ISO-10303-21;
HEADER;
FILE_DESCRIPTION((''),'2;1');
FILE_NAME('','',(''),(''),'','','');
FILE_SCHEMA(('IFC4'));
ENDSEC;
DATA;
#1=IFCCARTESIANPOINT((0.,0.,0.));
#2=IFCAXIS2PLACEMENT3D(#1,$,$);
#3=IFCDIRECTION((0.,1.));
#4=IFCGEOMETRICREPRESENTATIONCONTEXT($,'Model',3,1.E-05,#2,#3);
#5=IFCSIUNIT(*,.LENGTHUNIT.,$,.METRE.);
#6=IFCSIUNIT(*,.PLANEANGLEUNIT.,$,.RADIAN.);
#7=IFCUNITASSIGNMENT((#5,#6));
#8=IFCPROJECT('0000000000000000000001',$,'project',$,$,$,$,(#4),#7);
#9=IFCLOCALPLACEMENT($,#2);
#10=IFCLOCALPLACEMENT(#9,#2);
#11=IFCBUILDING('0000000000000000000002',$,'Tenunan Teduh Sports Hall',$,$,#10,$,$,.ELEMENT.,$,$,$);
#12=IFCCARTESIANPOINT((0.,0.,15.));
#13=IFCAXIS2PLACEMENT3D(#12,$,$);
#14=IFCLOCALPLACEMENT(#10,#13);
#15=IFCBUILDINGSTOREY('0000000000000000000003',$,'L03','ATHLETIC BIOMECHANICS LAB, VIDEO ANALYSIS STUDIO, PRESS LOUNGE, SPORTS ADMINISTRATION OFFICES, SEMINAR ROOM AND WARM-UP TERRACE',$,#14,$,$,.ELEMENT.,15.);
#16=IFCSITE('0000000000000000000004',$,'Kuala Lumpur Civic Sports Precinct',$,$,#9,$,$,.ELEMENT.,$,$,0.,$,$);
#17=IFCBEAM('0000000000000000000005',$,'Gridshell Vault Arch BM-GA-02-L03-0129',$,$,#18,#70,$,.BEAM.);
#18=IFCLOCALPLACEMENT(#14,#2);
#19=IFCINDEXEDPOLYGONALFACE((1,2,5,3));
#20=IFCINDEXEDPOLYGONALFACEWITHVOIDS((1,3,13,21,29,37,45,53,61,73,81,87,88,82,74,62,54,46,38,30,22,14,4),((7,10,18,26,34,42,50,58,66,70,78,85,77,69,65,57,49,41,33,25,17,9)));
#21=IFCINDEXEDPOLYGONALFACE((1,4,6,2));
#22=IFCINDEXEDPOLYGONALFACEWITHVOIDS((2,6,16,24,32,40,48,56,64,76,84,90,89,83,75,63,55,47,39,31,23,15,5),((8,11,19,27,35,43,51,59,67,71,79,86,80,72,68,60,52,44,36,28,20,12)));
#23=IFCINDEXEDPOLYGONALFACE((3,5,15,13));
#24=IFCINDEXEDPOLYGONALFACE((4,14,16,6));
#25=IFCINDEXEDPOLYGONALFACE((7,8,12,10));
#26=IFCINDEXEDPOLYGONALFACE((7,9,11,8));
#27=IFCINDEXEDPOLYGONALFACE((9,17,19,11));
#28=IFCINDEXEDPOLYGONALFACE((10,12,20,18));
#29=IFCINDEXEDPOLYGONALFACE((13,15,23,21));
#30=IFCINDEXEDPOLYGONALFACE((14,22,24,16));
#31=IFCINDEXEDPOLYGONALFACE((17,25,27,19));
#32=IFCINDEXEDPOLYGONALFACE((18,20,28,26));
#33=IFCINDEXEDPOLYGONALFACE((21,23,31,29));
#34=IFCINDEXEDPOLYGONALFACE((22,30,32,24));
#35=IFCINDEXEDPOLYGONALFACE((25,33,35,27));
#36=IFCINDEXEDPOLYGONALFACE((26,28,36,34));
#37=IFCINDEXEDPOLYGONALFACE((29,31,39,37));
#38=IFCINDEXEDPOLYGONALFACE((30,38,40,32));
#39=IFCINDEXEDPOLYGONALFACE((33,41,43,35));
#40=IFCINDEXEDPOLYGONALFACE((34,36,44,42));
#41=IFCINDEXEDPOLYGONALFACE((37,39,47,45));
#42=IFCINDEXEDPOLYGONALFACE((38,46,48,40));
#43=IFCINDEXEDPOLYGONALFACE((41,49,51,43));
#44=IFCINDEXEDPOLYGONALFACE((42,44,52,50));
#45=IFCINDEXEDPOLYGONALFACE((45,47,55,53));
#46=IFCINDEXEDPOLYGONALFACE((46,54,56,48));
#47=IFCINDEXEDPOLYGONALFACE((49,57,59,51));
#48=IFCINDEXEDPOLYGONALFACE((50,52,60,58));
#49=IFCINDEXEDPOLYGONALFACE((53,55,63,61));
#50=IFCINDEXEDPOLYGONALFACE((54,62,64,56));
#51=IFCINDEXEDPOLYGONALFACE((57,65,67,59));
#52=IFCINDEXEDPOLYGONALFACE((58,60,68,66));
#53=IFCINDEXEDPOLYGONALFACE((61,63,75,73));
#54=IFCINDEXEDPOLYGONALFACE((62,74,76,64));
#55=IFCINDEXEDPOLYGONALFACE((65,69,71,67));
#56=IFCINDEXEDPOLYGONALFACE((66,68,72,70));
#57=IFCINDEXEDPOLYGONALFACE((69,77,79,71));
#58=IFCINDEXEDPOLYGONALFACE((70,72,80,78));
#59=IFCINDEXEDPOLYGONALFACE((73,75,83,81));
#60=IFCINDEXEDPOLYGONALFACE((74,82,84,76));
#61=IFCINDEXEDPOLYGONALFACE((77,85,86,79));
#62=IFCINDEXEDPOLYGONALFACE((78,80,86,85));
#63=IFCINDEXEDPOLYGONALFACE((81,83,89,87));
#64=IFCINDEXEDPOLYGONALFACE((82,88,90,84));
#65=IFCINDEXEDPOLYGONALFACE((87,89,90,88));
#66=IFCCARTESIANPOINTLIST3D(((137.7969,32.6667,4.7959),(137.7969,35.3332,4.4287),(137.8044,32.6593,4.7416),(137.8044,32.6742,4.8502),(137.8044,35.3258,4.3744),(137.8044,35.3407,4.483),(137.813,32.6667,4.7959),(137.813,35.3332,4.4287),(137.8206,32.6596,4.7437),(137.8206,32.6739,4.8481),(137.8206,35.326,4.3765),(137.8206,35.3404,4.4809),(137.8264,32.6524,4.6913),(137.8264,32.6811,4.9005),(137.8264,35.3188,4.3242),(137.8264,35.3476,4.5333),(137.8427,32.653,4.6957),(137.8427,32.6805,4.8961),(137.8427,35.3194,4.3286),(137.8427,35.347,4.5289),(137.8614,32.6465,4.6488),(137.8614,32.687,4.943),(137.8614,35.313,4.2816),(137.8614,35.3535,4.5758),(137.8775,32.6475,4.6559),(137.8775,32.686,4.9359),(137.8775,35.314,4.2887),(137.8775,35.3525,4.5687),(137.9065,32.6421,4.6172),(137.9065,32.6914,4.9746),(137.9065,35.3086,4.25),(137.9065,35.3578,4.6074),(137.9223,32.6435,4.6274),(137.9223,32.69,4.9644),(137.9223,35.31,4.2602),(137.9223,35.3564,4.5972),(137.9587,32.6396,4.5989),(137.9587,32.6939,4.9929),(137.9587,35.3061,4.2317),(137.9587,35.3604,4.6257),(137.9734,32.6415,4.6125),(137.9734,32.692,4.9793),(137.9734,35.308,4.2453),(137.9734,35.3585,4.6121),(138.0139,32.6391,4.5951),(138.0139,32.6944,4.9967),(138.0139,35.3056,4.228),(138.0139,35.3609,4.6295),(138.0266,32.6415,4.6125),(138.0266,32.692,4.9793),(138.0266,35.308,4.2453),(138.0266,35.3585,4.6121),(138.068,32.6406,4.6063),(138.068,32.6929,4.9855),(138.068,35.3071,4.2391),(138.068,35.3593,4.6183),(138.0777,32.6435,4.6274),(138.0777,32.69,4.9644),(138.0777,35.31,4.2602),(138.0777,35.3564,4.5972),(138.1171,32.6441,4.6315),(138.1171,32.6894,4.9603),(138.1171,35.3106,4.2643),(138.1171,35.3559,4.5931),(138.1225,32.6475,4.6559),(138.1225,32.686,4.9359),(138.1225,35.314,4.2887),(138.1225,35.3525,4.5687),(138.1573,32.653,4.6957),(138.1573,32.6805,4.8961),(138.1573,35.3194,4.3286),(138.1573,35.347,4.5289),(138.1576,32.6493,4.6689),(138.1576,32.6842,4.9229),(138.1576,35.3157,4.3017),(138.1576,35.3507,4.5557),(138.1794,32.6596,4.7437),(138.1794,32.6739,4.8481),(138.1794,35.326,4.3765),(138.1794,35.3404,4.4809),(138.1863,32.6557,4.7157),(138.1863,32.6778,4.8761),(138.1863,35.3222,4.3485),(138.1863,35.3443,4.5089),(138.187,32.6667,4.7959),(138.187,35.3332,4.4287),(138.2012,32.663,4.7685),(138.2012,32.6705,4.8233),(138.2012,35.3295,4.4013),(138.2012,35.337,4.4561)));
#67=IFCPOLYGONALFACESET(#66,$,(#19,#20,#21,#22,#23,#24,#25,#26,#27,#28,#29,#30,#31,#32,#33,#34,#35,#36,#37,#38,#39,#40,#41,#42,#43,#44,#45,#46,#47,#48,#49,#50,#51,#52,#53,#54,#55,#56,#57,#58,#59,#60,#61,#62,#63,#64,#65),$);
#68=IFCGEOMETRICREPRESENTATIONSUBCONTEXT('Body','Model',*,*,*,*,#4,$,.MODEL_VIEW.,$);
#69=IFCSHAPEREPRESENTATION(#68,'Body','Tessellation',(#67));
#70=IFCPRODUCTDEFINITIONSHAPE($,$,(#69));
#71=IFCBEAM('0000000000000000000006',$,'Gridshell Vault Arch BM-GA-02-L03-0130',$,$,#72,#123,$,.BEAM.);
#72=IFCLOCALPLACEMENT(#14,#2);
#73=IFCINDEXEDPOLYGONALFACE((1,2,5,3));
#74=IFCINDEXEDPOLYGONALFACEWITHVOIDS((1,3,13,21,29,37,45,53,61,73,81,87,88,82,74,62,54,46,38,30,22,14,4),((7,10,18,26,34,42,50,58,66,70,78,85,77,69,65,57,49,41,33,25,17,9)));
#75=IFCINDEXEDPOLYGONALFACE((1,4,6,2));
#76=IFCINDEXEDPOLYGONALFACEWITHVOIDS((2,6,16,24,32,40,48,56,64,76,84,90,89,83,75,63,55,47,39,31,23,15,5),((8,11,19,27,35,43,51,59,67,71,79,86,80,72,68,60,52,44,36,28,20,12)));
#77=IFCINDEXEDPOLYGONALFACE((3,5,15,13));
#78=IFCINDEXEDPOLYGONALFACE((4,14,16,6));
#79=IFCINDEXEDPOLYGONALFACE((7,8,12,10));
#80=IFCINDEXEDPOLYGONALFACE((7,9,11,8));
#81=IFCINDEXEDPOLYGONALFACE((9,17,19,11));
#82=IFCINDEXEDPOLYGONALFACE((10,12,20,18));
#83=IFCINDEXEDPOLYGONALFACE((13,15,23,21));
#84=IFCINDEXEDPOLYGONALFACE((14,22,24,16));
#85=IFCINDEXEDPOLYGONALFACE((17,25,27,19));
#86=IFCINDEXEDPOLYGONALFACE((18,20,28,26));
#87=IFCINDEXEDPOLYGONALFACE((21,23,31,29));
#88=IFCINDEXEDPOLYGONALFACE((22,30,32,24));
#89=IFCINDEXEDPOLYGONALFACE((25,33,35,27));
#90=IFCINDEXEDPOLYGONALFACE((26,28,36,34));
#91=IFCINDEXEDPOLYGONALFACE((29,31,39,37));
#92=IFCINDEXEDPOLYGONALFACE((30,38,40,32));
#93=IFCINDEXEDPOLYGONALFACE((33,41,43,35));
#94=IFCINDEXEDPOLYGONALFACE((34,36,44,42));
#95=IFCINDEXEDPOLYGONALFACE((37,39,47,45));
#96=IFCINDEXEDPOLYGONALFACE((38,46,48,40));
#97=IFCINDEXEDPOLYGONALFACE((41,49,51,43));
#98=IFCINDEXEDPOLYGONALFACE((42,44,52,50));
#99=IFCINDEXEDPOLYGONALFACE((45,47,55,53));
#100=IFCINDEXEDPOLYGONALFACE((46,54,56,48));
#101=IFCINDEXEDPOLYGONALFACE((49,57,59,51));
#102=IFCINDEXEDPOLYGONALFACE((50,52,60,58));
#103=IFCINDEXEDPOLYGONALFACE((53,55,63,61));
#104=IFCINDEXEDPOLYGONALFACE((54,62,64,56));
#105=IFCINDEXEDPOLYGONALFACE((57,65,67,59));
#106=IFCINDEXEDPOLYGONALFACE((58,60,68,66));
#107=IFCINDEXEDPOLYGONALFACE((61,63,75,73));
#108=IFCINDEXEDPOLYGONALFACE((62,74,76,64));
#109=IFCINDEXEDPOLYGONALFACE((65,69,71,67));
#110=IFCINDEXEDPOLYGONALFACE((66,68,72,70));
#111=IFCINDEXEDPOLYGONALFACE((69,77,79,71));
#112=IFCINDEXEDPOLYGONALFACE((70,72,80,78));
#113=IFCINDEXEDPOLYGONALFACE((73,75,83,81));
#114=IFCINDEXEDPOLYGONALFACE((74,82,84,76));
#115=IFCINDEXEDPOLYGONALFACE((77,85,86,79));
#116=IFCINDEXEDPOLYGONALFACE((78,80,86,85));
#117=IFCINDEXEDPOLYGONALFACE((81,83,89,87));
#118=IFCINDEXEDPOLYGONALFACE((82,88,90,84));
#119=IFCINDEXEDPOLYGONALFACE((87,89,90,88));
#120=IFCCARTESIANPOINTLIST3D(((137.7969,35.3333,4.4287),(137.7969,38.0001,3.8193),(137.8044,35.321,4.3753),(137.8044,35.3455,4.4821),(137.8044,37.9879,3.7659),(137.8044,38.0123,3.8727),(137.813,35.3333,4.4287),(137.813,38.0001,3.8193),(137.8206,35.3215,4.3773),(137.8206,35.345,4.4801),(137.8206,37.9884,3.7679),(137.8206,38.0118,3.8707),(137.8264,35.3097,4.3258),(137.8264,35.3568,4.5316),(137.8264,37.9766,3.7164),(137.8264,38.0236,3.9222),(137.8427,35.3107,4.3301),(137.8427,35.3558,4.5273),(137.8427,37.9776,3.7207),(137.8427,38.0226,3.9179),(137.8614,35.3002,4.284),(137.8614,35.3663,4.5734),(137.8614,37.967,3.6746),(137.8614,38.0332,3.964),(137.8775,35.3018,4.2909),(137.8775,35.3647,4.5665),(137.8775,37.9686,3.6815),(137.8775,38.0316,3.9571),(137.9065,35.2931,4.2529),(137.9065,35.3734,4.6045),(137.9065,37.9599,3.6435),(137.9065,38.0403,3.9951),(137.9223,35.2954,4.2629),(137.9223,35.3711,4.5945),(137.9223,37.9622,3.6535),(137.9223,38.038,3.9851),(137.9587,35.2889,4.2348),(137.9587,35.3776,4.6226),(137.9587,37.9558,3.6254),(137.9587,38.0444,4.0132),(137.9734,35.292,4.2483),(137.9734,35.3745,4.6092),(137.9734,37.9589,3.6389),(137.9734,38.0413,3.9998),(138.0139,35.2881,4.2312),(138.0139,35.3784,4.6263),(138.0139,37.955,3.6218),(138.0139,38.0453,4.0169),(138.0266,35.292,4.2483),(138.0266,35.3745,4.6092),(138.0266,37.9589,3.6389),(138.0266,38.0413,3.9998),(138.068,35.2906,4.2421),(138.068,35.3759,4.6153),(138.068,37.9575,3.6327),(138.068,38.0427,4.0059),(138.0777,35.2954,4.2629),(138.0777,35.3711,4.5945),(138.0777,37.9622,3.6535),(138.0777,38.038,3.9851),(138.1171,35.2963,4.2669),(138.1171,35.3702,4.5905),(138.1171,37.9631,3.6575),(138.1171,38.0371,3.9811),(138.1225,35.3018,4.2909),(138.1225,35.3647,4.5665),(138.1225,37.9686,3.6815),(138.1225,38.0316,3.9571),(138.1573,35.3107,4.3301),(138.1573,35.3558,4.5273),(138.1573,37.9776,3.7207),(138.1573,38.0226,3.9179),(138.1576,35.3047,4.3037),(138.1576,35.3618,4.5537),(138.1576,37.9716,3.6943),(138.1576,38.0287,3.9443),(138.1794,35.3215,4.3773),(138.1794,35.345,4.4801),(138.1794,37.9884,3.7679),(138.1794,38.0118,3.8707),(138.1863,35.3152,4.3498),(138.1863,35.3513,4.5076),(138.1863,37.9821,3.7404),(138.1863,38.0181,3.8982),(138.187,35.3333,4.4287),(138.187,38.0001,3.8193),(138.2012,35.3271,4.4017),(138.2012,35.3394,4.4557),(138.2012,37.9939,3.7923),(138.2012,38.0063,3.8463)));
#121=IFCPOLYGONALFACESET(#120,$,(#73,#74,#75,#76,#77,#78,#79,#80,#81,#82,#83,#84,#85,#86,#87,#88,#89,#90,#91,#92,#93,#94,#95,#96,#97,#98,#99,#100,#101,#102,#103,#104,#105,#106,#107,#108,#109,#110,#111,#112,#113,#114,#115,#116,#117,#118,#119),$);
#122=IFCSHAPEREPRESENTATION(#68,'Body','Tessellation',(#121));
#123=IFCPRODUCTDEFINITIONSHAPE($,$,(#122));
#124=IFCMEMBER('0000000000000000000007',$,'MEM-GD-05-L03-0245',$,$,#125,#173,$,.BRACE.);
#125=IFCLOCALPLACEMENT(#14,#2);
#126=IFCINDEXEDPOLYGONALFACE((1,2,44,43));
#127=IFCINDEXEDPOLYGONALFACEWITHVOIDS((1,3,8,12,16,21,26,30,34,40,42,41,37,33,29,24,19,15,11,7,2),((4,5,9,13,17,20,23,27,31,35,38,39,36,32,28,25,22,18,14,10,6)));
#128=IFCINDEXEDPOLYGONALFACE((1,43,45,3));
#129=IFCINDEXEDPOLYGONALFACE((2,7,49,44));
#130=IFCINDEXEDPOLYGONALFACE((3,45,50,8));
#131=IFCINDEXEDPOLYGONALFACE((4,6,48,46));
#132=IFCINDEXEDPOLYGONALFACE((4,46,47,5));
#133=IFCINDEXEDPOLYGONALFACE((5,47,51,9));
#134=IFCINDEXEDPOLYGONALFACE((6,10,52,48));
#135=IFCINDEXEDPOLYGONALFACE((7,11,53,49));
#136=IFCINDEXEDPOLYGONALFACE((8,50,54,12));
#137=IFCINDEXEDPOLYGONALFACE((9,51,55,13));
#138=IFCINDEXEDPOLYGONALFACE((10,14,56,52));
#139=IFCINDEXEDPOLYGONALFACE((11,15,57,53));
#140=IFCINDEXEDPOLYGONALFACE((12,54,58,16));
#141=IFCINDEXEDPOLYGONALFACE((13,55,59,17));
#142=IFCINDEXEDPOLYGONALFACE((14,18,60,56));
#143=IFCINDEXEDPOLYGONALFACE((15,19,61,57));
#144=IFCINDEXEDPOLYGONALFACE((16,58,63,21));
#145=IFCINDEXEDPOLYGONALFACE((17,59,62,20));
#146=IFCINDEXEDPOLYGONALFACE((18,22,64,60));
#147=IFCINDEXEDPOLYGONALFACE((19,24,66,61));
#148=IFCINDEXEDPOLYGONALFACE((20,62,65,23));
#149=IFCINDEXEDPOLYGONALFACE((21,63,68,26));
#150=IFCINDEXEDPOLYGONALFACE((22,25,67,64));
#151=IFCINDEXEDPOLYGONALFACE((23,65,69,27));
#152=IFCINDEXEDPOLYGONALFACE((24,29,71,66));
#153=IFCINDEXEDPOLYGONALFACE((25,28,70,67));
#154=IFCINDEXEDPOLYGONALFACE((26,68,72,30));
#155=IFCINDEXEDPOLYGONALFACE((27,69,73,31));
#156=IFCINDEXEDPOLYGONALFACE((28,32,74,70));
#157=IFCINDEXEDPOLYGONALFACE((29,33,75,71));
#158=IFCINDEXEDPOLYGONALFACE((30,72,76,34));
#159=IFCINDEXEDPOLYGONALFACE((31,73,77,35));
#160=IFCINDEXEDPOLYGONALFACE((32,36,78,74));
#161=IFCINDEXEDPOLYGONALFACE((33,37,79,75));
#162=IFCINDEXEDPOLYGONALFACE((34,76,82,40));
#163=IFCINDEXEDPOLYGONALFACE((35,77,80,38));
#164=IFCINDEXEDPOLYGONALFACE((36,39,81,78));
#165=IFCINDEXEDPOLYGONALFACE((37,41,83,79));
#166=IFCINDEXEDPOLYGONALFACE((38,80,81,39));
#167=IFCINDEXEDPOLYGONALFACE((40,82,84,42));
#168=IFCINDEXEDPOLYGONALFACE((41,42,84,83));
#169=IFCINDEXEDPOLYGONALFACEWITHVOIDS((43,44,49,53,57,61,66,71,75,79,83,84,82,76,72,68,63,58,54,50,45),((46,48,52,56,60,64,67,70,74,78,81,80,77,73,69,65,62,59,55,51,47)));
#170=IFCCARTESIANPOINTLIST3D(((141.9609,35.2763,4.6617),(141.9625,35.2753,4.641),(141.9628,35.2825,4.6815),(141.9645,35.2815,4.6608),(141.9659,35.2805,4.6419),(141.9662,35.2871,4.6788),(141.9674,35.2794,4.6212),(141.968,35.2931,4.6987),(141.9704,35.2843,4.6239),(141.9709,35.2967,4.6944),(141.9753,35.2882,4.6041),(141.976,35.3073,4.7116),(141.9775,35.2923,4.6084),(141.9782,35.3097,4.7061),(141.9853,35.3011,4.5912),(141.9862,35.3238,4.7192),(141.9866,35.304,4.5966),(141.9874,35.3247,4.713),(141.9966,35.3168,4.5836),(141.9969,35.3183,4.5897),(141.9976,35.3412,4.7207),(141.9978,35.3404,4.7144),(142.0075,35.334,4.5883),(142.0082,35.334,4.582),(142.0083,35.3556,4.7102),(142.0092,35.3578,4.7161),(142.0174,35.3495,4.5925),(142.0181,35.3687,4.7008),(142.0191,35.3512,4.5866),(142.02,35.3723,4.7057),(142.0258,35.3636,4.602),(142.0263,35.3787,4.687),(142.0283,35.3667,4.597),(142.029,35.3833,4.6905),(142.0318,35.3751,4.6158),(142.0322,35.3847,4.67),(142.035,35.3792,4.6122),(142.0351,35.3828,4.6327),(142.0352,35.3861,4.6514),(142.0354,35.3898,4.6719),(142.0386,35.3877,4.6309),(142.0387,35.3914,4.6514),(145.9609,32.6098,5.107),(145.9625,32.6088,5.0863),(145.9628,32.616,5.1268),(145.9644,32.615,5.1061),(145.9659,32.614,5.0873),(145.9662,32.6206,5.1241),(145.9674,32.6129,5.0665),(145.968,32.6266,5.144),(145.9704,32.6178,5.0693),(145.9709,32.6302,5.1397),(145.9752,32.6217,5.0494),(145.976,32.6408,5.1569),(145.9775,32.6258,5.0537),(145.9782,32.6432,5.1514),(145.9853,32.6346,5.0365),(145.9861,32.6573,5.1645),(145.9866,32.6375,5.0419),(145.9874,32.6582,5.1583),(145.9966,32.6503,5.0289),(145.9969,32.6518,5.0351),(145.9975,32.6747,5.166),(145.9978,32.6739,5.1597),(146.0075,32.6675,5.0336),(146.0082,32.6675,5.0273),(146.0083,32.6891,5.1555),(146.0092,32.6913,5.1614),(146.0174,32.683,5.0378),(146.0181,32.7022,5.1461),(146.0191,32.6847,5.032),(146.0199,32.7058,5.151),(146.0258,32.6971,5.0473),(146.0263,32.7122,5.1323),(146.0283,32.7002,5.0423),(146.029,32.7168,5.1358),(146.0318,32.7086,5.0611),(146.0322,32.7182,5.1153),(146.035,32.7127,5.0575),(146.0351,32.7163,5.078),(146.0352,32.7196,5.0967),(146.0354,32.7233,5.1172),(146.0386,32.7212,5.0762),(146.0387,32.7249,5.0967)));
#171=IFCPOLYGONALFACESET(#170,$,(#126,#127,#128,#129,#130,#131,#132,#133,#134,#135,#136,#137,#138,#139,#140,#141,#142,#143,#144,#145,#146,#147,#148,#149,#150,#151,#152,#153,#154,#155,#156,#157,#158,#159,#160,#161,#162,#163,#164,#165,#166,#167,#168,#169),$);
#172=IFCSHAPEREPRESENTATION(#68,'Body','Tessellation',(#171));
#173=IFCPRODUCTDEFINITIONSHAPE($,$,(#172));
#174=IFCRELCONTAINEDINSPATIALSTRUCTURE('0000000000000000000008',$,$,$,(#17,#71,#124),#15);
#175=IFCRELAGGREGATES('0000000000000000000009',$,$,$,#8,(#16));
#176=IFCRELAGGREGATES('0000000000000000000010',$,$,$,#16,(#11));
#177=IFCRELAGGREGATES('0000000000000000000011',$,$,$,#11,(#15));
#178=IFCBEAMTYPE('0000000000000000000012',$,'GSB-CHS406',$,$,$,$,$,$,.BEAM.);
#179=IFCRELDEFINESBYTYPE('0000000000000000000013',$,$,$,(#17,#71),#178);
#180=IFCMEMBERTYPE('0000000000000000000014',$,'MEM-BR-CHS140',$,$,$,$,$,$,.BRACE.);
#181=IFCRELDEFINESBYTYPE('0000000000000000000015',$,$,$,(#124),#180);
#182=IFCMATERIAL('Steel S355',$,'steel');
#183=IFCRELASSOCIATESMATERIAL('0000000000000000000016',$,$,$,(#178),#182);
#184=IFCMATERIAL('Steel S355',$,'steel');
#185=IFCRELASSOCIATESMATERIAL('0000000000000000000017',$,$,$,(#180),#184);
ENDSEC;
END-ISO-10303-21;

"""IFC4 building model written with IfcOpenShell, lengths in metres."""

from ifc_helpers import new_model, si_unit, direction, frame, origin, origin_2d, place, context, subcontext, project, spatial, hollow_circle, extrude, material, material_profile, profile_set, type_object, element, save


model = new_model("IFC4")

# Units and contexts
model_context = context("Model", 3, precision=1e-05, world=origin(), true_north=direction((0.0, 1.0)))
body_context = subcontext(model_context, "Body", "Model", "MODEL_VIEW")
ifc_project = project(units=[si_unit("LENGTHUNIT", "METRE"), si_unit("PLANEANGLEUNIT", "RADIAN")], contexts=[model_context])

# Site, building, storey
site_placement = place(None, origin())
site = spatial("IfcSite", under=ifc_project, at=site_placement, Name="Kuala Lumpur Civic Sports Precinct", CompositionType="ELEMENT", RefElevation=0.0)
building_placement = place(site_placement, origin())
building = spatial("IfcBuilding", under=site, at=building_placement, Name="Tenunan Teduh Sports Hall", CompositionType="ELEMENT")
storey_placement = place(building_placement, frame((0.0, 0.0, 15.0)))
storey = spatial("IfcBuildingStorey", under=building, at=storey_placement, Name="L03", Description="ATHLETIC BIOMECHANICS LAB, VIDEO ANALYSIS STUDIO, PRESS LOUNGE, SPORTS ADMINISTRATION OFFICES, SEMINAR ROOM AND WARM-UP TERRACE", CompositionType="ELEMENT", Elevation=15.0)

# Beams
ifc_material_1 = material(Name="Steel S355", Category="steel")
ifc_material_profile_1 = material_profile(ifc_material_1, hollow_circle(Radius=0.2031, WallThickness=0.0161, at=origin_2d()), Name="CHS 406.4x16.0")
ifc_profile_set_1 = profile_set([ifc_material_profile_1], Name="Steel S355")
beam_type_1 = type_object("IfcBeamType", Name="GSB-CHS406", PredefinedType="BEAM", material=ifc_profile_set_1)
beam_1_placement = place(storey_placement, frame((138.0, 32.6667, 4.7959), z_axis=(0.0, 0.990652, -0.136416), x_axis=(-1.0, 0.0, 0.0)))
element("IfcBeam", 1, at=beam_1_placement, inside=storey, type_object=beam_type_1, Name="Gridshell Vault Arch BM-GA-02-L03-0129", PredefinedType="BEAM", context=body_context, shape_type="SweptSolid", body=[
    extrude(hollow_circle(Radius=0.2031, WallThickness=0.0161, at=origin_2d()), origin(), (0.0, 0.0, 1.0), 2.6917),
])
beam_2_placement = place(storey_placement, frame((138.0, 35.3333, 4.4287), z_axis=(0.0, 0.974872, -0.222767), x_axis=(-1.0, 0.0, 0.0)))
element("IfcBeam", 2, at=beam_2_placement, inside=storey, type_object=beam_type_1, Name="Gridshell Vault Arch BM-GA-02-L03-0130", PredefinedType="BEAM", context=body_context, shape_type="SweptSolid", body=[
    extrude(hollow_circle(Radius=0.2031, WallThickness=0.0161, at=origin_2d()), origin(), (0.0, 0.0, 1.0), 2.7356),
])

# Member
ifc_material_2 = material(Name="Steel S355", Category="steel")
ifc_material_profile_2 = material_profile(ifc_material_2, hollow_circle(Radius=0.0698, WallThickness=0.0063, at=origin_2d()), Name="CHS 139.7x6.3")
ifc_profile_set_2 = profile_set([ifc_material_profile_2], Name="Steel S355")
member_type_1 = type_object("IfcMemberType", Name="MEM-BR-CHS140", PredefinedType="BRACE", material=ifc_profile_set_2)
member_1_placement = place(storey_placement, frame((142.0, 35.3333, 4.6514), z_axis=(0.828519, -0.552312, 0.092237), x_axis=(0.554677, 0.832066, 0.0)))
element("IfcMember", 3, at=member_1_placement, inside=storey, type_object=member_type_1, Name="MEM-GD-05-L03-0245", PredefinedType="BRACE", context=body_context, shape_type="SweptSolid", body=[
    extrude(hollow_circle(Radius=0.0698, WallThickness=0.0063, at=origin_2d()), origin(), (0.0, 0.0, 1.0), 4.8279),
])

save(model, "model.ifc")
